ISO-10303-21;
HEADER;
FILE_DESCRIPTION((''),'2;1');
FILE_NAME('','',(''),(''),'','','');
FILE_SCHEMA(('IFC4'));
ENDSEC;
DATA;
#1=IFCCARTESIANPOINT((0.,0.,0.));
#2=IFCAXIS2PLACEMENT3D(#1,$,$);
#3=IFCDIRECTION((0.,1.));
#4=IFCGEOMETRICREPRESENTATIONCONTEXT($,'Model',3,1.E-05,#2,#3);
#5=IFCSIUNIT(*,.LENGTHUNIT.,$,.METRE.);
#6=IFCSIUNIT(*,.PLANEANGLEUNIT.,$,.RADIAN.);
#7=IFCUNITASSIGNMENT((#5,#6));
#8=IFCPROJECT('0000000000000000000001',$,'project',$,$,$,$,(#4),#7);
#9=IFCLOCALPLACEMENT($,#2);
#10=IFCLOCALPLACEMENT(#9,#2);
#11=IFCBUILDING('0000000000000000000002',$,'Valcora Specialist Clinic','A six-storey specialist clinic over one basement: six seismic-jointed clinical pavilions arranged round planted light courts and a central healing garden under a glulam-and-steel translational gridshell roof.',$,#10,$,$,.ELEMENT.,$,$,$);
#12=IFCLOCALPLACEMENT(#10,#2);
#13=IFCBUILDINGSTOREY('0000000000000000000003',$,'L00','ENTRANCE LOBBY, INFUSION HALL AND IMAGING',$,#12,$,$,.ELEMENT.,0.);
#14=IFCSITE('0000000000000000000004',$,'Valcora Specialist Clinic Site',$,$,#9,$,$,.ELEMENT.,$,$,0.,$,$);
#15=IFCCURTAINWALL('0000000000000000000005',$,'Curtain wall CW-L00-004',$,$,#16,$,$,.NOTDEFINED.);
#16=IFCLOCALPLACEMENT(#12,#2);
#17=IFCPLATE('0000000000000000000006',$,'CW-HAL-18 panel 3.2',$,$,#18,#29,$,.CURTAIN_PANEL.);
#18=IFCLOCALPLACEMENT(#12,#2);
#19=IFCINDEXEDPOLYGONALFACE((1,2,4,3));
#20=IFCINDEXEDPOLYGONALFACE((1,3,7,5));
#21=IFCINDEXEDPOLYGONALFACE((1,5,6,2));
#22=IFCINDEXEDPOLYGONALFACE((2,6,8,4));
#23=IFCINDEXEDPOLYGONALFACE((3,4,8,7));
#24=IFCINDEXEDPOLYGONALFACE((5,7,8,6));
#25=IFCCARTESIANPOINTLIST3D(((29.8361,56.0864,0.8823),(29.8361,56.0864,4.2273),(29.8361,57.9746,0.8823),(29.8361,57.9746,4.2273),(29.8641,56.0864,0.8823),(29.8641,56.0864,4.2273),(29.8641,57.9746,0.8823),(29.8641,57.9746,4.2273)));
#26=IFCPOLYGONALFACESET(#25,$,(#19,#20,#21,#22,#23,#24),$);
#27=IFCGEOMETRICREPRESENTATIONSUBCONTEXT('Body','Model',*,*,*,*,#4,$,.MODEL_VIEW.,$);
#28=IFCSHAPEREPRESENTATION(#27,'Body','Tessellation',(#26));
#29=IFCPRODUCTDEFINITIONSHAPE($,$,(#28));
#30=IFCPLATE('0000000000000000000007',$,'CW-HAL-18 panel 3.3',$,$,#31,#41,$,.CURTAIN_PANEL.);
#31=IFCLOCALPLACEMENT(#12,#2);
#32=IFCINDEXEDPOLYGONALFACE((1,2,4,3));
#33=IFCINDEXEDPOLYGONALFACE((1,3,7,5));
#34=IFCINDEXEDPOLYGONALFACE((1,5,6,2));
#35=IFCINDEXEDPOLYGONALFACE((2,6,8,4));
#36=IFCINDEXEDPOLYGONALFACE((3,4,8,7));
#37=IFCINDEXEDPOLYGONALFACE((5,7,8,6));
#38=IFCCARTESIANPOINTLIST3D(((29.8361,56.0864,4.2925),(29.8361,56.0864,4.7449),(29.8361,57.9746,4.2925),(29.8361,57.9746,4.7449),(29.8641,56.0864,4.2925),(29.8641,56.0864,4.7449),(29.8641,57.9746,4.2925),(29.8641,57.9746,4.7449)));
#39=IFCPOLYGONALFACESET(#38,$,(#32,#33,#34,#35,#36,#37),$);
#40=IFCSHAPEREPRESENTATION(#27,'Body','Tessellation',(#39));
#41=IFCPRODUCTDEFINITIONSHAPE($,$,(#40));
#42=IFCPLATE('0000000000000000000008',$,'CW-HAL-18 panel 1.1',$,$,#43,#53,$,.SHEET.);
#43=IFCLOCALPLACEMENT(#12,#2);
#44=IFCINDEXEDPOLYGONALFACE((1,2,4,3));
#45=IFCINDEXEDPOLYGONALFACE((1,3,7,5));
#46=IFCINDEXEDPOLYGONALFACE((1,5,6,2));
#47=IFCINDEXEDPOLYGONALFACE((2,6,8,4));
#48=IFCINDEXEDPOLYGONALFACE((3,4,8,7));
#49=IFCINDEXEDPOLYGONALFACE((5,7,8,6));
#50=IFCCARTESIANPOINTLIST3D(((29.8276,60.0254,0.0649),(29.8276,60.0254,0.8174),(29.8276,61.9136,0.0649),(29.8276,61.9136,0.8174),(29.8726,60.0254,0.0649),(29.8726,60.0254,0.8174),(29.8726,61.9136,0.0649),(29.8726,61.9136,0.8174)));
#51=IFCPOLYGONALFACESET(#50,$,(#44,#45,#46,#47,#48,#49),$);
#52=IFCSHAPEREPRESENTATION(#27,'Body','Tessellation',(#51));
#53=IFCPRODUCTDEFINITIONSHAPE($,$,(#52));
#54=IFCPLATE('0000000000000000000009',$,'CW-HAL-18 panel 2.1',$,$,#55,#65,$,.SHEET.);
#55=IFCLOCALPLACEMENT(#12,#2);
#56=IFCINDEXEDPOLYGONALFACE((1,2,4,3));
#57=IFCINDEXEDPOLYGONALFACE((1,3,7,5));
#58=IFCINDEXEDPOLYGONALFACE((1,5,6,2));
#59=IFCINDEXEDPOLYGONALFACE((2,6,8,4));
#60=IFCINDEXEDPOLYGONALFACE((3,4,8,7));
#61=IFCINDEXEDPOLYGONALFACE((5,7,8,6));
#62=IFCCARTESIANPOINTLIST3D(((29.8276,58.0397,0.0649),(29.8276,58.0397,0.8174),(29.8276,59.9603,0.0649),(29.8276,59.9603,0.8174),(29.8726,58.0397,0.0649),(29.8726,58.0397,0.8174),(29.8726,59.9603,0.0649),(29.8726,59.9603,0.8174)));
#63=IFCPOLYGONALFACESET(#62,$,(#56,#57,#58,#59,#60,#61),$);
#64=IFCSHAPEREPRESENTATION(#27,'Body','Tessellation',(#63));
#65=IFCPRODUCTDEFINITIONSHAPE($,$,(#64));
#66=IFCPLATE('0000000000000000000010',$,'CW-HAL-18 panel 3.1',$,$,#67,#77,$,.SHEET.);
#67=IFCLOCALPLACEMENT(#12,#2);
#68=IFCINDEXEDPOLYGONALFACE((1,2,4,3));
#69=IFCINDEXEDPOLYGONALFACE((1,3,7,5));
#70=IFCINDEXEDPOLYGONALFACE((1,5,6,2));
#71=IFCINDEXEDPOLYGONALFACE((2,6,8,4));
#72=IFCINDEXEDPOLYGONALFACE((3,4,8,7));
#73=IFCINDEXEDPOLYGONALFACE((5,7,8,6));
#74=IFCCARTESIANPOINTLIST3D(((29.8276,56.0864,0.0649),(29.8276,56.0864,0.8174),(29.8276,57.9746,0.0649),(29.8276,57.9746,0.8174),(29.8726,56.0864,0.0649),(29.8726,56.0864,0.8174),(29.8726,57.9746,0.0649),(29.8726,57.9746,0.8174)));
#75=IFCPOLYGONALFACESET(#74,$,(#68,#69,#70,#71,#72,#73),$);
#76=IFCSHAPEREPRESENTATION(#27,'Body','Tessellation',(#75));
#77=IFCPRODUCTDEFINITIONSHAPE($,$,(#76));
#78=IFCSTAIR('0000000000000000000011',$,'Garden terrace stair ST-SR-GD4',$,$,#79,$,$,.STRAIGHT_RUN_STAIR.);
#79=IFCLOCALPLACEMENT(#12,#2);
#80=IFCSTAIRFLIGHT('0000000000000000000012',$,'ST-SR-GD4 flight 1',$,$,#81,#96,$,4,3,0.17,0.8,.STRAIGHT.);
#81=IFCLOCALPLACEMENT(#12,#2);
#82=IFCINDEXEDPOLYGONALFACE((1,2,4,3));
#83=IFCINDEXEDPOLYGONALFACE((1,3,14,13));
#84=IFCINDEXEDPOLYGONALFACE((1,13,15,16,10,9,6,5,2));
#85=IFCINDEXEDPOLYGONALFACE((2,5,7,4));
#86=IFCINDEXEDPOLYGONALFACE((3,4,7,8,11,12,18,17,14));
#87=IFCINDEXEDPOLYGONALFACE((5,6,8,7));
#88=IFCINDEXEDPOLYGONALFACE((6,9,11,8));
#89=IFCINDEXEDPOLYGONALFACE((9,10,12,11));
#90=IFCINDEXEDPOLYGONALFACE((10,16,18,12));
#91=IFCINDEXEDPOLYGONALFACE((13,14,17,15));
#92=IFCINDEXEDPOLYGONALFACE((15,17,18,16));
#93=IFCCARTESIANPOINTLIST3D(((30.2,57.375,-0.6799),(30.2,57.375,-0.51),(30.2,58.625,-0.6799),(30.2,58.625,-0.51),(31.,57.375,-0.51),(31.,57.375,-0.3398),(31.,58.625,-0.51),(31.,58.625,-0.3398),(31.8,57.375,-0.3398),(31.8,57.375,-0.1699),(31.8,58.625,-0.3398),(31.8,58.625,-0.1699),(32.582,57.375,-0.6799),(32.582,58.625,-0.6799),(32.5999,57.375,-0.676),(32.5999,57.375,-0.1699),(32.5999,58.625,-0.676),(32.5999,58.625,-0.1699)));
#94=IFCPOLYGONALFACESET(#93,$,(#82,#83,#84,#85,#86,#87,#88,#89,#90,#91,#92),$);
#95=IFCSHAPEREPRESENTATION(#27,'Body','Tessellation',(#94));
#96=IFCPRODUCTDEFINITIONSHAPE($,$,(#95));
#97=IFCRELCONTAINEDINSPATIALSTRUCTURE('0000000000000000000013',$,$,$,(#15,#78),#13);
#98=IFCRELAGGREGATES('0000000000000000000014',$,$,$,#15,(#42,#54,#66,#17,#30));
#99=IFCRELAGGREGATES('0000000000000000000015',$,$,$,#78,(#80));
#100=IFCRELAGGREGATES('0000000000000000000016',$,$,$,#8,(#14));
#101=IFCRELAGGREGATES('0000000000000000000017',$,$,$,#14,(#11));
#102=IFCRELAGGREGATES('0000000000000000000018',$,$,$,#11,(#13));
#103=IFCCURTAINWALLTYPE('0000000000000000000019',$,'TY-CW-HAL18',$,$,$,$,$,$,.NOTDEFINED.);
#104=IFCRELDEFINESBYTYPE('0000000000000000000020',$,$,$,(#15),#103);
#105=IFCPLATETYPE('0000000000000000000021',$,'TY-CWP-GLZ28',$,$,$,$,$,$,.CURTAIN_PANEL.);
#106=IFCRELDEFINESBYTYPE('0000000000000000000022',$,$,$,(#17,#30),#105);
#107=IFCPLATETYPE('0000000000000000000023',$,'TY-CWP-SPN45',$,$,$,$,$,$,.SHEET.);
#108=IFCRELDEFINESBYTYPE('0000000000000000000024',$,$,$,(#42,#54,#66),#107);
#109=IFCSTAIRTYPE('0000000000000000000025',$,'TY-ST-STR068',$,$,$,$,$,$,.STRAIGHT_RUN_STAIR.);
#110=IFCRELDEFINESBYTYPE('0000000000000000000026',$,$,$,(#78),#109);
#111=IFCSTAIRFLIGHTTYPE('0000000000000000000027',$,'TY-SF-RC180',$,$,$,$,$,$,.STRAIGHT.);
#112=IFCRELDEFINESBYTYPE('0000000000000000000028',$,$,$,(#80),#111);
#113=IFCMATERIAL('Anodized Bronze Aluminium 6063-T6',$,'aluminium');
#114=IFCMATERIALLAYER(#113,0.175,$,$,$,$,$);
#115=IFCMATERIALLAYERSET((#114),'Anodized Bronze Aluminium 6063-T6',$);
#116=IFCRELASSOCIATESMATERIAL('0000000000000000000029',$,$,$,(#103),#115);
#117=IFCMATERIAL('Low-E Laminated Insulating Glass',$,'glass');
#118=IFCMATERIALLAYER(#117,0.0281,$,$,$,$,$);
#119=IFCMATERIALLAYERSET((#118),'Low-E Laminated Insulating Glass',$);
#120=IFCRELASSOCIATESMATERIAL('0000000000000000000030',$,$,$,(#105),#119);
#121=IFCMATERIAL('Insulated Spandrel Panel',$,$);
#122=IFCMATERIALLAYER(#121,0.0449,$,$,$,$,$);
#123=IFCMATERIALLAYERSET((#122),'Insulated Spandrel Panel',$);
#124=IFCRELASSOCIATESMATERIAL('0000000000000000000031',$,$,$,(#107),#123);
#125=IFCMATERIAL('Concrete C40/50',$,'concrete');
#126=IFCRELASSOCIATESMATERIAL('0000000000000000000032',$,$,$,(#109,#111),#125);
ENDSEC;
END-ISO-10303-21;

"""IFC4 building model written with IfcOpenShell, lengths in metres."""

from ifc_helpers import new_model, si_unit, direction, frame, origin, origin_2d, place, context, subcontext, project, spatial, polyline, rectangle, outline, extrude, material, layer, layer_set, type_object, element, aggregate, save


model = new_model("IFC4")

# Units and contexts
model_context = context("Model", 3, precision=1e-05, world=origin(), true_north=direction((0.0, 1.0)))
body_context = subcontext(model_context, "Body", "Model", "MODEL_VIEW")
ifc_project = project(units=[si_unit("LENGTHUNIT", "METRE"), si_unit("PLANEANGLEUNIT", "RADIAN")], contexts=[model_context])

# Site, building, storey
site_placement = place(None, origin())
site = spatial("IfcSite", under=ifc_project, at=site_placement, Name="Valcora Specialist Clinic Site", CompositionType="ELEMENT", RefElevation=0.0)
building_placement = place(site_placement, origin())
building = spatial("IfcBuilding", under=site, at=building_placement, Name="Valcora Specialist Clinic", Description="A six-storey specialist clinic over one basement: six seismic-jointed clinical pavilions arranged round planted light courts and a central healing garden under a glulam-and-steel translational gridshell roof.", CompositionType="ELEMENT")
storey_placement = place(building_placement, origin())
storey = spatial("IfcBuildingStorey", under=building, at=storey_placement, Name="L00", Description="ENTRANCE LOBBY, INFUSION HALL AND IMAGING", CompositionType="ELEMENT", Elevation=0.0)

# Shared definitions
ifc_material_1 = material(Name="Concrete C40/50", Category="concrete")

# Curtain wall
ifc_material_2 = material(Name="Anodized Bronze Aluminium 6063-T6", Category="aluminium")
ifc_layer_1 = layer(ifc_material_2, 0.175)
ifc_layer_set_1 = layer_set([ifc_layer_1], Name="Anodized Bronze Aluminium 6063-T6")
curtain_wall_type = type_object("IfcCurtainWallType", Name="TY-CW-HAL18", PredefinedType="NOTDEFINED", material=ifc_layer_set_1)
curtain_wall_placement = place(storey_placement, origin())
curtain_wall = element("IfcCurtainWall", 1, at=curtain_wall_placement, inside=storey, type_object=curtain_wall_type, Name="Curtain wall CW-L00-004", PredefinedType="NOTDEFINED")

# Plates
ifc_material_3 = material(Name="Low-E Laminated Insulating Glass", Category="glass")
ifc_layer_2 = layer(ifc_material_3, 0.0281)
ifc_layer_set_2 = layer_set([ifc_layer_2], Name="Low-E Laminated Insulating Glass")
plate_type_1 = type_object("IfcPlateType", Name="TY-CWP-GLZ28", PredefinedType="CURTAIN_PANEL", material=ifc_layer_set_2)
plate_1_placement = place(storey_placement, frame((29.8501, 57.0305, 0.8823), z_axis=(0.0, 0.0, 1.0), x_axis=(0.0, -1.0, 0.0)))
plate_1 = element("IfcPlate", 2, at=plate_1_placement, type_object=plate_type_1, Name="CW-HAL-18 panel 3.2", PredefinedType="CURTAIN_PANEL", context=body_context, shape_type="SweptSolid", body=[
    extrude(rectangle(XDim=1.8882, YDim=0.0281, at=origin_2d()), origin(), (0.0, 0.0, 1.0), 3.345),
])
plate_2_placement = place(storey_placement, frame((29.8501, 57.0305, 4.2925), z_axis=(0.0, 0.0, 1.0), x_axis=(0.0, -1.0, 0.0)))
plate_2 = element("IfcPlate", 3, at=plate_2_placement, type_object=plate_type_1, Name="CW-HAL-18 panel 3.3", PredefinedType="CURTAIN_PANEL", context=body_context, shape_type="SweptSolid", body=[
    extrude(rectangle(XDim=1.8882, YDim=0.0281, at=origin_2d()), origin(), (0.0, 0.0, 1.0), 0.4524),
])
ifc_material_4 = material(Name="Insulated Spandrel Panel")
ifc_layer_3 = layer(ifc_material_4, 0.0449)
ifc_layer_set_3 = layer_set([ifc_layer_3], Name="Insulated Spandrel Panel")
plate_type_2 = type_object("IfcPlateType", Name="TY-CWP-SPN45", PredefinedType="SHEET", material=ifc_layer_set_3)
plate_3_placement = place(storey_placement, frame((29.8501, 60.9695, 0.0649), z_axis=(0.0, 0.0, 1.0), x_axis=(0.0, -1.0, 0.0)))
plate_3 = element("IfcPlate", 4, at=plate_3_placement, type_object=plate_type_2, Name="CW-HAL-18 panel 1.1", PredefinedType="SHEET", context=body_context, shape_type="SweptSolid", body=[
    extrude(rectangle(XDim=1.8882, YDim=0.0449, at=origin_2d()), origin(), (0.0, 0.0, 1.0), 0.7524),
])
plate_4_placement = place(storey_placement, frame((29.8501, 59.0, 0.0649), z_axis=(0.0, 0.0, 1.0), x_axis=(0.0, -1.0, 0.0)))
plate_4 = element("IfcPlate", 5, at=plate_4_placement, type_object=plate_type_2, Name="CW-HAL-18 panel 2.1", PredefinedType="SHEET", context=body_context, shape_type="SweptSolid", body=[
    extrude(rectangle(XDim=1.9207, YDim=0.0449, at=origin_2d()), origin(), (0.0, 0.0, 1.0), 0.7524),
])
plate_5_placement = place(storey_placement, frame((29.8501, 57.0305, 0.0649), z_axis=(0.0, 0.0, 1.0), x_axis=(0.0, -1.0, 0.0)))
plate_5 = element("IfcPlate", 6, at=plate_5_placement, type_object=plate_type_2, Name="CW-HAL-18 panel 3.1", PredefinedType="SHEET", context=body_context, shape_type="SweptSolid", body=[
    extrude(rectangle(XDim=1.8882, YDim=0.0449, at=origin_2d()), origin(), (0.0, 0.0, 1.0), 0.7524),
])
aggregate(curtain_wall, [plate_3, plate_4, plate_5, plate_1, plate_2])

# Stair, stair flight
stair_type = type_object("IfcStairType", Name="TY-ST-STR068", PredefinedType="STRAIGHT_RUN_STAIR", material=ifc_material_1)
stair_placement = place(storey_placement, origin())
stair = element("IfcStair", 7, at=stair_placement, inside=storey, type_object=stair_type, Name="Garden terrace stair ST-SR-GD4", PredefinedType="STRAIGHT_RUN_STAIR")
stair_flight_type = type_object("IfcStairFlightType", Name="TY-SF-RC180", PredefinedType="STRAIGHT", material=ifc_material_1)
stair_flight_placement = place(storey_placement, frame((30.2, 58.0, -0.6799), z_axis=(0.0, 0.0, 1.0), x_axis=(1.0, 0.0, 0.0)))
stair_flight = element("IfcStairFlight", 8, at=stair_flight_placement, type_object=stair_flight_type, Name="ST-SR-GD4 flight 1", NumberOfRisers=4, NumberOfTreads=3, PredefinedType="STRAIGHT", RiserHeight=0.17, TreadLength=0.8, context=body_context, shape_type="SweptSolid", body=[
    extrude(outline(polyline([(0.0, 0.0), (0.0, 0.1699), (0.8, 0.1699), (0.8, 0.3401), (1.6001, 0.3401), (1.6001, 0.51), (2.3999, 0.51), (2.3999, 0.6799), (2.3999, 0.0039), (2.3821, 0.0), (0.0, 0.0)])), frame((0.0, 0.625, 0.0), z_axis=(0.0, -1.0, 0.0), x_axis=(1.0, 0.0, 0.0)), (0.0, 0.0, 1.0), 1.25),
])
aggregate(stair, [stair_flight])

save(model, "model.ifc")
